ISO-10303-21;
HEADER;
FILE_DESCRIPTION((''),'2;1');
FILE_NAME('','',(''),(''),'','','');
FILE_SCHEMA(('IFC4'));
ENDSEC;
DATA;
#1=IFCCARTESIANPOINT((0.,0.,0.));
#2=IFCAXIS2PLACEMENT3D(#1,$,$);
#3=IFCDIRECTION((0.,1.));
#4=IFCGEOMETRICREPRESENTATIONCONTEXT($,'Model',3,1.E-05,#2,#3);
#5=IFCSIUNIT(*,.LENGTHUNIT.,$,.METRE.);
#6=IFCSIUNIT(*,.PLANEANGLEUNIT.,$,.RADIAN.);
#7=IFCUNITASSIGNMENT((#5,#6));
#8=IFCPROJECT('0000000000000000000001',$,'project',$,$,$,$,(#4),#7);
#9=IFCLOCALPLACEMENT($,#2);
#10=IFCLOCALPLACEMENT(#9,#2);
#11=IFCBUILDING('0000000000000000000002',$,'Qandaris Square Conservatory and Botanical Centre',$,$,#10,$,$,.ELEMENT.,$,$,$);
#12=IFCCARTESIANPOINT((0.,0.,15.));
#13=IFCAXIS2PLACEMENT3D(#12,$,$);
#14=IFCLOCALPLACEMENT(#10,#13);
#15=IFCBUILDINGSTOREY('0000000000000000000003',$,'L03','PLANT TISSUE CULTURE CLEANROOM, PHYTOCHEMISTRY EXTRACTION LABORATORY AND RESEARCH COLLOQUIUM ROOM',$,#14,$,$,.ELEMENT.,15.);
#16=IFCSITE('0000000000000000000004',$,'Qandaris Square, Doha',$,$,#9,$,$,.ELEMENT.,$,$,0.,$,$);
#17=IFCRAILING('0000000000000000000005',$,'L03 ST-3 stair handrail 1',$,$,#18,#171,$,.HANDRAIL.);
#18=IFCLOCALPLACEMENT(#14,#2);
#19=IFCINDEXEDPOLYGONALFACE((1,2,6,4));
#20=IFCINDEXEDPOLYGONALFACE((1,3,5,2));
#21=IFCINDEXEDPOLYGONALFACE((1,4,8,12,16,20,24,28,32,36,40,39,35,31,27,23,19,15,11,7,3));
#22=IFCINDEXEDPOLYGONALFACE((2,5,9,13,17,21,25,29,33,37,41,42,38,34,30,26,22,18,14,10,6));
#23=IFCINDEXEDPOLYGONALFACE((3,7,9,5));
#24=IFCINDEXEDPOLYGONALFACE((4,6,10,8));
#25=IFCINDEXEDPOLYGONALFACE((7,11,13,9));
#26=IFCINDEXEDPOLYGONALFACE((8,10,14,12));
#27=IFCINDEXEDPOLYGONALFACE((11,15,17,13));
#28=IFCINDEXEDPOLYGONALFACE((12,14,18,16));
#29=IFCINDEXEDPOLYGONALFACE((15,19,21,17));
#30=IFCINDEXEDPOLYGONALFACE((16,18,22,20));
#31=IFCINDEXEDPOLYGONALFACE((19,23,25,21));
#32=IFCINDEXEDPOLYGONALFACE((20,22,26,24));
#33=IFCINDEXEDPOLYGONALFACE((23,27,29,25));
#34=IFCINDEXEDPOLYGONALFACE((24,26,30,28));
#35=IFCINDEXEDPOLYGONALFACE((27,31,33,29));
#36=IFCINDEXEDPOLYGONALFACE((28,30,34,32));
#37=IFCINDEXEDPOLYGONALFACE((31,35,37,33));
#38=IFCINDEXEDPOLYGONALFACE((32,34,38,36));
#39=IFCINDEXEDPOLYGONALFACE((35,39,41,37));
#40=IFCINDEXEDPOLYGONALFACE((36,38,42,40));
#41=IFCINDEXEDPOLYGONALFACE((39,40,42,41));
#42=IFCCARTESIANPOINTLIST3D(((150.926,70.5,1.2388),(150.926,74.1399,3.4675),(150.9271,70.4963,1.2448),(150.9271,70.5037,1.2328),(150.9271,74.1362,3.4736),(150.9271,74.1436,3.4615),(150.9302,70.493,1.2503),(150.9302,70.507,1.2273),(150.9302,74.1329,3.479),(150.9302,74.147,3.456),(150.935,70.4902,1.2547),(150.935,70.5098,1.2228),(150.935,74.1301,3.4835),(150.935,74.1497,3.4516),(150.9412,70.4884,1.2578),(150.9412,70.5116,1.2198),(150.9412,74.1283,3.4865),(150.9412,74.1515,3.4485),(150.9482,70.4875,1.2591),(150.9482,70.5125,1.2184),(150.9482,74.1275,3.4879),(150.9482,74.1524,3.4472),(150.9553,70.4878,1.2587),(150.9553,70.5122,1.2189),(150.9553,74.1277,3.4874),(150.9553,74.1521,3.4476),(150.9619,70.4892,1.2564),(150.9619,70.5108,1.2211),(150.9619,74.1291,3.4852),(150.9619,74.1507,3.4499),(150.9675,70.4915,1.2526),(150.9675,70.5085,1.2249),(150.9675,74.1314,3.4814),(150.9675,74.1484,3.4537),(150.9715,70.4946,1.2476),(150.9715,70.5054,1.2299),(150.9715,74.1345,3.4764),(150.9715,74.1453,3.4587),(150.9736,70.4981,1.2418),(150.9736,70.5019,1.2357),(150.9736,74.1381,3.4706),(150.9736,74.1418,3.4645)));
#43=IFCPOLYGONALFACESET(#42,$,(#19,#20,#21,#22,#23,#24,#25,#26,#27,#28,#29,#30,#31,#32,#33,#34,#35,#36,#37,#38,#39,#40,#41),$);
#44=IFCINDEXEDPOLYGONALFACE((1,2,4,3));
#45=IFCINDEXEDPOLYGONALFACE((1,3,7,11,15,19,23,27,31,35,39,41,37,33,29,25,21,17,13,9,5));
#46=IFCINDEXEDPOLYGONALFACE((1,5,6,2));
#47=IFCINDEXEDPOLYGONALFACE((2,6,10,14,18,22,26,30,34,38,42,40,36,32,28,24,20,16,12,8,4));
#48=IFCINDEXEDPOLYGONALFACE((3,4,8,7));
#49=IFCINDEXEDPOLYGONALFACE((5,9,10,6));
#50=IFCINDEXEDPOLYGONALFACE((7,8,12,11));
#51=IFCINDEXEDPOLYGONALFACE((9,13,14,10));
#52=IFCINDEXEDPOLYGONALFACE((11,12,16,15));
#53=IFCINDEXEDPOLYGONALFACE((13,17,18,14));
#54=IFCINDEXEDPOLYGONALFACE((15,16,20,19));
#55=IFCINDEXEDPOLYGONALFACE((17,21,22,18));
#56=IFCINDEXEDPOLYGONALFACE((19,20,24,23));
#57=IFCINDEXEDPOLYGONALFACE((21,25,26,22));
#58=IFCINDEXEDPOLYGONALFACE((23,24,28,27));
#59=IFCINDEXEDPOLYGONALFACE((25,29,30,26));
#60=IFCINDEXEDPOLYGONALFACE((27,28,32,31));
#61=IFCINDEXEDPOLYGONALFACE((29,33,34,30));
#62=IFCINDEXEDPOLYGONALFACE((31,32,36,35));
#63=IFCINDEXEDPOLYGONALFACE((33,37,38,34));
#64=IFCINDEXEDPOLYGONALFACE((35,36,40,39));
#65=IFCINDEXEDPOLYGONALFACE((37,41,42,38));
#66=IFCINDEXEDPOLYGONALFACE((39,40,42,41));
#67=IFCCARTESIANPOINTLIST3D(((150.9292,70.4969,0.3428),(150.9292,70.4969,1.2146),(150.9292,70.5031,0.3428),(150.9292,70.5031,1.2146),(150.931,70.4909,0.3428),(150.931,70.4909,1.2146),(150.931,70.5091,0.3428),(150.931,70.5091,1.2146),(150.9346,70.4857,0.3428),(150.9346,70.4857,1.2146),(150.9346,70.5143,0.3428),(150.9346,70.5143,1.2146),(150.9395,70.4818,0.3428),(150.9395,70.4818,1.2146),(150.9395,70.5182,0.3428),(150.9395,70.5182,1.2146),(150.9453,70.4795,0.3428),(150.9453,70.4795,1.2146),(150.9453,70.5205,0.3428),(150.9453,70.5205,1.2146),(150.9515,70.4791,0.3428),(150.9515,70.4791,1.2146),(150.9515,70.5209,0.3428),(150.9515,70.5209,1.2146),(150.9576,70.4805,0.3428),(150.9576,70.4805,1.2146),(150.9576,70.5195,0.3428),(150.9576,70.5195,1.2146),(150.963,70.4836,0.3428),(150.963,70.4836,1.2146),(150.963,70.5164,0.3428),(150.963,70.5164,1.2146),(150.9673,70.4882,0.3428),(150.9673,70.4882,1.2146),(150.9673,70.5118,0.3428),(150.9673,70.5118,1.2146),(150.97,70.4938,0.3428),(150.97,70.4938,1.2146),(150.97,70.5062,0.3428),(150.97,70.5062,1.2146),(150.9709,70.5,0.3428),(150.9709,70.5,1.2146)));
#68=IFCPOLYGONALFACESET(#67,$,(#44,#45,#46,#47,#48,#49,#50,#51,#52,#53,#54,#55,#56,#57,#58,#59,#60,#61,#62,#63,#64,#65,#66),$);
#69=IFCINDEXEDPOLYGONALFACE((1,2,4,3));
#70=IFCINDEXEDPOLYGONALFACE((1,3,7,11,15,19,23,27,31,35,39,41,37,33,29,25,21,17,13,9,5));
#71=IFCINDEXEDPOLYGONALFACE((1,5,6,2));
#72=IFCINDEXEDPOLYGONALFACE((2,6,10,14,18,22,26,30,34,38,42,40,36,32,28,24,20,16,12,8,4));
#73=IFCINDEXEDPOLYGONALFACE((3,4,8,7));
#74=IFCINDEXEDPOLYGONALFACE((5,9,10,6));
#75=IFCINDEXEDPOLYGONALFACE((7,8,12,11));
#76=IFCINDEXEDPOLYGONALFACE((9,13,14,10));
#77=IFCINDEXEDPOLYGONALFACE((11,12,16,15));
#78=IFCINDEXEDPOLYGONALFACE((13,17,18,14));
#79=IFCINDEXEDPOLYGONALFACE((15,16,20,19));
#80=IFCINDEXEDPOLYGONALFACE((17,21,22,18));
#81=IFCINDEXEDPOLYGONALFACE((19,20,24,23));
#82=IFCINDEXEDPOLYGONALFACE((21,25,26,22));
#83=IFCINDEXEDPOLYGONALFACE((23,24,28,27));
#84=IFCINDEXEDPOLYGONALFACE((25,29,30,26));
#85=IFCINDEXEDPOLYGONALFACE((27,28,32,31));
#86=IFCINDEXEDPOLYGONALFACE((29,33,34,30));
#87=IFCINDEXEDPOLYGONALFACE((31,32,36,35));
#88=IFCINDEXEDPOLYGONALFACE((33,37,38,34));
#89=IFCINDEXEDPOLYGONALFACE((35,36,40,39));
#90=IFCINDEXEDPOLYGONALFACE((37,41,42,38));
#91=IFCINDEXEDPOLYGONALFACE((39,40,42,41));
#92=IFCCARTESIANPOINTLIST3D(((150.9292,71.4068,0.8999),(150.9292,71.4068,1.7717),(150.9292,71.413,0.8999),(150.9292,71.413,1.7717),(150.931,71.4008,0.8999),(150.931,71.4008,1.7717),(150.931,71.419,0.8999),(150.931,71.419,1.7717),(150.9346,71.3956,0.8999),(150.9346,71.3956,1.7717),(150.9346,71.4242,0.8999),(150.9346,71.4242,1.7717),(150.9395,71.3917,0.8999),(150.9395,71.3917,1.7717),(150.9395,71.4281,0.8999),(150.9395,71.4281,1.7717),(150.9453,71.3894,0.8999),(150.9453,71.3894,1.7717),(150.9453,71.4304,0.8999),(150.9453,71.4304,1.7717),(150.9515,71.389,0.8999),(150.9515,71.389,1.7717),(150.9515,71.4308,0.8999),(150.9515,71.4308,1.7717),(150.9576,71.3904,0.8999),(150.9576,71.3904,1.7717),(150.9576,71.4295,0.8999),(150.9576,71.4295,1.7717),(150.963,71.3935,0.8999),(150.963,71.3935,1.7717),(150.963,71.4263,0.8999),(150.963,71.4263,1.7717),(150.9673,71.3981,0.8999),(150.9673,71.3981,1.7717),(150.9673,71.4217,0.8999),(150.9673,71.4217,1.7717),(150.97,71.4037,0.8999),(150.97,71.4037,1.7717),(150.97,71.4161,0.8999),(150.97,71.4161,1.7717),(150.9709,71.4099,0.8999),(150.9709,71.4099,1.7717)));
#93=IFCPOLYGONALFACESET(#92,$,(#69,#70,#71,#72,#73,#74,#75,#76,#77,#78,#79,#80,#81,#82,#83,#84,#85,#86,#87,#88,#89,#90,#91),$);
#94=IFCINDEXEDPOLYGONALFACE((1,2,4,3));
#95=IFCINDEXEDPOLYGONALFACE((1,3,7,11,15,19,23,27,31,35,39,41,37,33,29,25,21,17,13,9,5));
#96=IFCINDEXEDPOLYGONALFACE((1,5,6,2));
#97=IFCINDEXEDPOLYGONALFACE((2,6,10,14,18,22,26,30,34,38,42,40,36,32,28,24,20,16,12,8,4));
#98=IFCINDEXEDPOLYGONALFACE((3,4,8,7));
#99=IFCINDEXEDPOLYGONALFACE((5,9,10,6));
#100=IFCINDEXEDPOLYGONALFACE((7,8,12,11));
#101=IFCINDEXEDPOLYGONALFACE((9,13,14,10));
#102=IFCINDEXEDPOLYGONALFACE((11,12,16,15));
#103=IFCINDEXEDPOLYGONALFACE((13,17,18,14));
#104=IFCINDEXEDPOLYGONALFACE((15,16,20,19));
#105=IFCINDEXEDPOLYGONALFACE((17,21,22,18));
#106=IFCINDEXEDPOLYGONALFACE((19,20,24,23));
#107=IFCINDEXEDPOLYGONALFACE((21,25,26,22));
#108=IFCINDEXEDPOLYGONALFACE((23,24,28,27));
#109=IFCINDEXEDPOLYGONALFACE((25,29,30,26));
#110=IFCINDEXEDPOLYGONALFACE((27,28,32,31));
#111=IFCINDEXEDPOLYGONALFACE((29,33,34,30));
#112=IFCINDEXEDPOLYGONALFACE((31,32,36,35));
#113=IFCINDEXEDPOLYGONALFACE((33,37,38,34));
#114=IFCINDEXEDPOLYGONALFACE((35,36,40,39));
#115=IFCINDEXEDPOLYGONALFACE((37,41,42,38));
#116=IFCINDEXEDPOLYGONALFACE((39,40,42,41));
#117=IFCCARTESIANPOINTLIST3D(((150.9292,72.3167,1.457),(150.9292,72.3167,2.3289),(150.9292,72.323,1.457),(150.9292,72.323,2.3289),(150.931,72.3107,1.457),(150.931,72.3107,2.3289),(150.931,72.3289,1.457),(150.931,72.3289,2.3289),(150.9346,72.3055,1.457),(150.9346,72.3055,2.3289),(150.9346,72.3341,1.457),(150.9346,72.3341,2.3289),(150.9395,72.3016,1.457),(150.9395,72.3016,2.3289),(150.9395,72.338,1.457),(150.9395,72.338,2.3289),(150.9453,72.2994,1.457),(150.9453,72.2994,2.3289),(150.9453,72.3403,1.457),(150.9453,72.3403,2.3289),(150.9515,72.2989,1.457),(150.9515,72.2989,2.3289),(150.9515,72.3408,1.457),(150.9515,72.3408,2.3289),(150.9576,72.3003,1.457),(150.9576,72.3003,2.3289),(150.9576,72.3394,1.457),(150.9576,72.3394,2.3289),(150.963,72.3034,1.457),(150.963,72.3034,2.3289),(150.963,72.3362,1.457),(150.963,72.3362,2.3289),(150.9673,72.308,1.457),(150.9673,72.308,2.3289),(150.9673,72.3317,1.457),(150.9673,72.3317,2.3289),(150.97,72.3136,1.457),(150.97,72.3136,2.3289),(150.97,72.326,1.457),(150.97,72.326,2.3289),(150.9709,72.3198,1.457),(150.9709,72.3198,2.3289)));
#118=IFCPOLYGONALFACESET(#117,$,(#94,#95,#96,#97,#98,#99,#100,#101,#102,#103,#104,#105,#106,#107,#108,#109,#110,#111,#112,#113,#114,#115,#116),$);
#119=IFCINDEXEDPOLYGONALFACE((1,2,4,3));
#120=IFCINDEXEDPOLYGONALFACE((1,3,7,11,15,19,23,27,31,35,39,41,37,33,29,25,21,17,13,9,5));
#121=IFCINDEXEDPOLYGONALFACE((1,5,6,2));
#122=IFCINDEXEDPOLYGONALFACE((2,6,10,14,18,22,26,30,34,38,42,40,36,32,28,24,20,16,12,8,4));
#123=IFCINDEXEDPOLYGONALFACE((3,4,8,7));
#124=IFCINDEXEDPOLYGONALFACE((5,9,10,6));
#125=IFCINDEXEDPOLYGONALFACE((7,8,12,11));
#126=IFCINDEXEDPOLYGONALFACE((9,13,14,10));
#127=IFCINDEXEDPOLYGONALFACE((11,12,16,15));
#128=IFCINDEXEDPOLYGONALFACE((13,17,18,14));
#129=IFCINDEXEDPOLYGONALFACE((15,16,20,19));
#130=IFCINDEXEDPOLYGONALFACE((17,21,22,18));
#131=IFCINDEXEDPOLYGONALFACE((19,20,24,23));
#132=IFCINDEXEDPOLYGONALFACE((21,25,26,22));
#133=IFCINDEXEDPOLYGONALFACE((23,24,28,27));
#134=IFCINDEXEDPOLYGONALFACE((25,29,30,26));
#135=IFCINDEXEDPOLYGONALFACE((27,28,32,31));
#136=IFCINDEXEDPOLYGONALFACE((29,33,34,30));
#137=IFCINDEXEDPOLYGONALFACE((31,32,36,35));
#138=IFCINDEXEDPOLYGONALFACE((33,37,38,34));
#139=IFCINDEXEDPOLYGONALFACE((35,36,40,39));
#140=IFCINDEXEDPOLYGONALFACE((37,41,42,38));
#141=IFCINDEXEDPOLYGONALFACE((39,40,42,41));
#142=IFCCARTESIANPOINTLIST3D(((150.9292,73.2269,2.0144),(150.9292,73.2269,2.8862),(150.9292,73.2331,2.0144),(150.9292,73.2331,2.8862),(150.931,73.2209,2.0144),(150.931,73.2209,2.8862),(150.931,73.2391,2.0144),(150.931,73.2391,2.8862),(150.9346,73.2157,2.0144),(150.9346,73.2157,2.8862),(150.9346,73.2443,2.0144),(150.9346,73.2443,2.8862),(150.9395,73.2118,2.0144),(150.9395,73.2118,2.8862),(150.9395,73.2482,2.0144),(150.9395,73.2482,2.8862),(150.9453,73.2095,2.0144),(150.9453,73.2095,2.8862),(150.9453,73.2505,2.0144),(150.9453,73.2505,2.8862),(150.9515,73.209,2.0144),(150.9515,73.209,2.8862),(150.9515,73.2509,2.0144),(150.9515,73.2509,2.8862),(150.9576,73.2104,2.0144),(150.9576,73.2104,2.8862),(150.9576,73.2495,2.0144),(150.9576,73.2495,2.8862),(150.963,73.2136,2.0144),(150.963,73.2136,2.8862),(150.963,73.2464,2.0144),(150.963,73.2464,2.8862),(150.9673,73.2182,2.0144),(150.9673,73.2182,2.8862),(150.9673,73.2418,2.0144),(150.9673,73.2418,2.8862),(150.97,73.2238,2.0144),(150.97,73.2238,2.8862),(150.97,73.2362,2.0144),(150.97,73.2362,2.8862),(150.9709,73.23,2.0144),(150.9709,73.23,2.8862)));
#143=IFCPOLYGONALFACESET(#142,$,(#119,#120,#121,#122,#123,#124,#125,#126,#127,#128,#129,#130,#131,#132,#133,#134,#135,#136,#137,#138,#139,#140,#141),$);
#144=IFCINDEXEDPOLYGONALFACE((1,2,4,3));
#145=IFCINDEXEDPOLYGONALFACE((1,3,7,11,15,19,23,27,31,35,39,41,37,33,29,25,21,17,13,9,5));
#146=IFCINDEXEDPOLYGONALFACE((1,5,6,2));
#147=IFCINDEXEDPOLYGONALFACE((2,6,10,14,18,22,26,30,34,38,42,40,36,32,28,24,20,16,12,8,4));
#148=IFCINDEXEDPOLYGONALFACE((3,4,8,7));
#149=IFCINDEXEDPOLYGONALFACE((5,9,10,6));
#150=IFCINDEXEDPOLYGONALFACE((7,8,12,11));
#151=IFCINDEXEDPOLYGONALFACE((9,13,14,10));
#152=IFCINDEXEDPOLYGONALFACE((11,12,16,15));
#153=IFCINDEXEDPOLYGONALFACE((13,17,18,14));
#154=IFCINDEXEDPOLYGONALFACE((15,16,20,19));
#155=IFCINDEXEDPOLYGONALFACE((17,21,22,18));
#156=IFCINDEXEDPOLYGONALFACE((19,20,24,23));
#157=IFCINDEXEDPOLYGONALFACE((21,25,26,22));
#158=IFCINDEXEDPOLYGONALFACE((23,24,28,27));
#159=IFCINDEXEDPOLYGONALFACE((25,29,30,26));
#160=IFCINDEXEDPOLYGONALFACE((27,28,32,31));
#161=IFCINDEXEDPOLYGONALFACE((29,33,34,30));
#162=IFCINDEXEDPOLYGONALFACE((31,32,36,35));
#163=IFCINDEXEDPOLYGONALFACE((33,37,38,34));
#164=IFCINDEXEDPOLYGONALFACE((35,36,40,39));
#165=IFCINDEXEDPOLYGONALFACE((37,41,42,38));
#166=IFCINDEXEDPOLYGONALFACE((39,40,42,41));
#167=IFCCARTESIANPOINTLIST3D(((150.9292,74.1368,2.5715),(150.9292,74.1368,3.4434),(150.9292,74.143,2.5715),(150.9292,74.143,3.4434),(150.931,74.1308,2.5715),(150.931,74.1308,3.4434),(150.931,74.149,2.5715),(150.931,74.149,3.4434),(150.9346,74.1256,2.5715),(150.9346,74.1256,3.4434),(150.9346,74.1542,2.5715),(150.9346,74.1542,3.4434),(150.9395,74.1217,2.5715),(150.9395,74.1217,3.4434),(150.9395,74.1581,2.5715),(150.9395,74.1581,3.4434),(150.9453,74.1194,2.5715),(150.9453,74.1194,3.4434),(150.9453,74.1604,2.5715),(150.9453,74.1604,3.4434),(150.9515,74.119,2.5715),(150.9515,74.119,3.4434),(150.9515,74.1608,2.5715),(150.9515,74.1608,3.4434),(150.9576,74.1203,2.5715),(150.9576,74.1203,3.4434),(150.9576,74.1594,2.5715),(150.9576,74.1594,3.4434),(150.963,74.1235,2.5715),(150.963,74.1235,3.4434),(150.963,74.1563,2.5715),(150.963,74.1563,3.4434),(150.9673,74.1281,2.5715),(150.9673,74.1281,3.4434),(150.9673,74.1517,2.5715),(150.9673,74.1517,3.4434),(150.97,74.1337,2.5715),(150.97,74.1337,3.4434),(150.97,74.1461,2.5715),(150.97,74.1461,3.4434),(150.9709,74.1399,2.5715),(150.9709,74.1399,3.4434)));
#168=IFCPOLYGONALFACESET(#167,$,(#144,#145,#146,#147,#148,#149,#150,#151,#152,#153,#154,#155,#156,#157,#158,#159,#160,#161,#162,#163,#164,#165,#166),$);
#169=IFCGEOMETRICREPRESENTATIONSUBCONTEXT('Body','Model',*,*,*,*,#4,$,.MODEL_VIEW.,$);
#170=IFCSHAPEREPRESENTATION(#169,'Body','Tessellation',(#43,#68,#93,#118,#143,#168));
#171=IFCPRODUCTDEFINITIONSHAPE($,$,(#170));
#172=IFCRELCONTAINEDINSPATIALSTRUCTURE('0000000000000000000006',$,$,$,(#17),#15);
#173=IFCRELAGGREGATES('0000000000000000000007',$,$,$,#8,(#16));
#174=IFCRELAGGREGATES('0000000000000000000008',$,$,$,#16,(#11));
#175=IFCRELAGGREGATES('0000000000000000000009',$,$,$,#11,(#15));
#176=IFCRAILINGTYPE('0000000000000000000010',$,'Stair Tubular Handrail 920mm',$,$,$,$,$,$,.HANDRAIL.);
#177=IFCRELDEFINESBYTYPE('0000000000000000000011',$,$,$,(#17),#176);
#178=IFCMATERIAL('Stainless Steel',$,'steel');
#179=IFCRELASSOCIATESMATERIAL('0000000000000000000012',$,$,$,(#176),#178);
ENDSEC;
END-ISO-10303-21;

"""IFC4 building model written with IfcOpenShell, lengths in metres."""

from ifc_helpers import new_model, si_unit, direction, frame, origin, origin_2d, place, context, subcontext, project, spatial, circle, extrude, material, type_object, element, save


model = new_model("IFC4")

# Units and contexts
model_context = context("Model", 3, precision=1e-05, world=origin(), true_north=direction((0.0, 1.0)))
body_context = subcontext(model_context, "Body", "Model", "MODEL_VIEW")
ifc_project = project(units=[si_unit("LENGTHUNIT", "METRE"), si_unit("PLANEANGLEUNIT", "RADIAN")], contexts=[model_context])

# Site, building, storey
site_placement = place(None, origin())
site = spatial("IfcSite", under=ifc_project, at=site_placement, Name="Qandaris Square, Doha", CompositionType="ELEMENT", RefElevation=0.0)
building_placement = place(site_placement, origin())
building = spatial("IfcBuilding", under=site, at=building_placement, Name="Qandaris Square Conservatory and Botanical Centre", CompositionType="ELEMENT")
storey_placement = place(building_placement, frame((0.0, 0.0, 15.0)))
storey = spatial("IfcBuildingStorey", under=building, at=storey_placement, Name="L03", Description="PLANT TISSUE CULTURE CLEANROOM, PHYTOCHEMISTRY EXTRACTION LABORATORY AND RESEARCH COLLOQUIUM ROOM", CompositionType="ELEMENT", Elevation=15.0)

# Railing
ifc_material_1 = material(Name="Stainless Steel", Category="steel")
railing_type_1 = type_object("IfcRailingType", Name="Stair Tubular Handrail 920mm", PredefinedType="HANDRAIL", material=ifc_material_1)
railing_1_placement = place(storey_placement, frame((150.95, 70.5, 0.3428)))
element("IfcRailing", 1, at=railing_1_placement, inside=storey, type_object=railing_type_1, Name="L03 ST-3 stair handrail 1", PredefinedType="HANDRAIL", context=body_context, shape_type="SweptSolid", body=[
    extrude(circle(Radius=0.0239, at=origin_2d()), frame((0.0, 0.0, 0.896), z_axis=(0.0, 0.852825, 0.522197), x_axis=(-1.0, 0.0, 0.0)), (0.0, 0.0, 1.0), 4.2681),
    extrude(circle(Radius=0.021, at=origin_2d()), origin(), (0.0, 0.0, 1.0), 0.8718),
    extrude(circle(Radius=0.021, at=origin_2d()), frame((0.0, 0.9099, 0.5571)), (0.0, 0.0, 1.0), 0.8718),
    extrude(circle(Radius=0.021, at=origin_2d()), frame((0.0, 1.8198, 1.1143)), (0.0, 0.0, 1.0), 0.8718),
    extrude(circle(Radius=0.021, at=origin_2d()), frame((0.0, 2.73, 1.6716)), (0.0, 0.0, 1.0), 0.8718),
    extrude(circle(Radius=0.021, at=origin_2d()), frame((0.0, 3.6399, 2.2288)), (0.0, 0.0, 1.0), 0.8718),
])

save(model, "model.ifc")
